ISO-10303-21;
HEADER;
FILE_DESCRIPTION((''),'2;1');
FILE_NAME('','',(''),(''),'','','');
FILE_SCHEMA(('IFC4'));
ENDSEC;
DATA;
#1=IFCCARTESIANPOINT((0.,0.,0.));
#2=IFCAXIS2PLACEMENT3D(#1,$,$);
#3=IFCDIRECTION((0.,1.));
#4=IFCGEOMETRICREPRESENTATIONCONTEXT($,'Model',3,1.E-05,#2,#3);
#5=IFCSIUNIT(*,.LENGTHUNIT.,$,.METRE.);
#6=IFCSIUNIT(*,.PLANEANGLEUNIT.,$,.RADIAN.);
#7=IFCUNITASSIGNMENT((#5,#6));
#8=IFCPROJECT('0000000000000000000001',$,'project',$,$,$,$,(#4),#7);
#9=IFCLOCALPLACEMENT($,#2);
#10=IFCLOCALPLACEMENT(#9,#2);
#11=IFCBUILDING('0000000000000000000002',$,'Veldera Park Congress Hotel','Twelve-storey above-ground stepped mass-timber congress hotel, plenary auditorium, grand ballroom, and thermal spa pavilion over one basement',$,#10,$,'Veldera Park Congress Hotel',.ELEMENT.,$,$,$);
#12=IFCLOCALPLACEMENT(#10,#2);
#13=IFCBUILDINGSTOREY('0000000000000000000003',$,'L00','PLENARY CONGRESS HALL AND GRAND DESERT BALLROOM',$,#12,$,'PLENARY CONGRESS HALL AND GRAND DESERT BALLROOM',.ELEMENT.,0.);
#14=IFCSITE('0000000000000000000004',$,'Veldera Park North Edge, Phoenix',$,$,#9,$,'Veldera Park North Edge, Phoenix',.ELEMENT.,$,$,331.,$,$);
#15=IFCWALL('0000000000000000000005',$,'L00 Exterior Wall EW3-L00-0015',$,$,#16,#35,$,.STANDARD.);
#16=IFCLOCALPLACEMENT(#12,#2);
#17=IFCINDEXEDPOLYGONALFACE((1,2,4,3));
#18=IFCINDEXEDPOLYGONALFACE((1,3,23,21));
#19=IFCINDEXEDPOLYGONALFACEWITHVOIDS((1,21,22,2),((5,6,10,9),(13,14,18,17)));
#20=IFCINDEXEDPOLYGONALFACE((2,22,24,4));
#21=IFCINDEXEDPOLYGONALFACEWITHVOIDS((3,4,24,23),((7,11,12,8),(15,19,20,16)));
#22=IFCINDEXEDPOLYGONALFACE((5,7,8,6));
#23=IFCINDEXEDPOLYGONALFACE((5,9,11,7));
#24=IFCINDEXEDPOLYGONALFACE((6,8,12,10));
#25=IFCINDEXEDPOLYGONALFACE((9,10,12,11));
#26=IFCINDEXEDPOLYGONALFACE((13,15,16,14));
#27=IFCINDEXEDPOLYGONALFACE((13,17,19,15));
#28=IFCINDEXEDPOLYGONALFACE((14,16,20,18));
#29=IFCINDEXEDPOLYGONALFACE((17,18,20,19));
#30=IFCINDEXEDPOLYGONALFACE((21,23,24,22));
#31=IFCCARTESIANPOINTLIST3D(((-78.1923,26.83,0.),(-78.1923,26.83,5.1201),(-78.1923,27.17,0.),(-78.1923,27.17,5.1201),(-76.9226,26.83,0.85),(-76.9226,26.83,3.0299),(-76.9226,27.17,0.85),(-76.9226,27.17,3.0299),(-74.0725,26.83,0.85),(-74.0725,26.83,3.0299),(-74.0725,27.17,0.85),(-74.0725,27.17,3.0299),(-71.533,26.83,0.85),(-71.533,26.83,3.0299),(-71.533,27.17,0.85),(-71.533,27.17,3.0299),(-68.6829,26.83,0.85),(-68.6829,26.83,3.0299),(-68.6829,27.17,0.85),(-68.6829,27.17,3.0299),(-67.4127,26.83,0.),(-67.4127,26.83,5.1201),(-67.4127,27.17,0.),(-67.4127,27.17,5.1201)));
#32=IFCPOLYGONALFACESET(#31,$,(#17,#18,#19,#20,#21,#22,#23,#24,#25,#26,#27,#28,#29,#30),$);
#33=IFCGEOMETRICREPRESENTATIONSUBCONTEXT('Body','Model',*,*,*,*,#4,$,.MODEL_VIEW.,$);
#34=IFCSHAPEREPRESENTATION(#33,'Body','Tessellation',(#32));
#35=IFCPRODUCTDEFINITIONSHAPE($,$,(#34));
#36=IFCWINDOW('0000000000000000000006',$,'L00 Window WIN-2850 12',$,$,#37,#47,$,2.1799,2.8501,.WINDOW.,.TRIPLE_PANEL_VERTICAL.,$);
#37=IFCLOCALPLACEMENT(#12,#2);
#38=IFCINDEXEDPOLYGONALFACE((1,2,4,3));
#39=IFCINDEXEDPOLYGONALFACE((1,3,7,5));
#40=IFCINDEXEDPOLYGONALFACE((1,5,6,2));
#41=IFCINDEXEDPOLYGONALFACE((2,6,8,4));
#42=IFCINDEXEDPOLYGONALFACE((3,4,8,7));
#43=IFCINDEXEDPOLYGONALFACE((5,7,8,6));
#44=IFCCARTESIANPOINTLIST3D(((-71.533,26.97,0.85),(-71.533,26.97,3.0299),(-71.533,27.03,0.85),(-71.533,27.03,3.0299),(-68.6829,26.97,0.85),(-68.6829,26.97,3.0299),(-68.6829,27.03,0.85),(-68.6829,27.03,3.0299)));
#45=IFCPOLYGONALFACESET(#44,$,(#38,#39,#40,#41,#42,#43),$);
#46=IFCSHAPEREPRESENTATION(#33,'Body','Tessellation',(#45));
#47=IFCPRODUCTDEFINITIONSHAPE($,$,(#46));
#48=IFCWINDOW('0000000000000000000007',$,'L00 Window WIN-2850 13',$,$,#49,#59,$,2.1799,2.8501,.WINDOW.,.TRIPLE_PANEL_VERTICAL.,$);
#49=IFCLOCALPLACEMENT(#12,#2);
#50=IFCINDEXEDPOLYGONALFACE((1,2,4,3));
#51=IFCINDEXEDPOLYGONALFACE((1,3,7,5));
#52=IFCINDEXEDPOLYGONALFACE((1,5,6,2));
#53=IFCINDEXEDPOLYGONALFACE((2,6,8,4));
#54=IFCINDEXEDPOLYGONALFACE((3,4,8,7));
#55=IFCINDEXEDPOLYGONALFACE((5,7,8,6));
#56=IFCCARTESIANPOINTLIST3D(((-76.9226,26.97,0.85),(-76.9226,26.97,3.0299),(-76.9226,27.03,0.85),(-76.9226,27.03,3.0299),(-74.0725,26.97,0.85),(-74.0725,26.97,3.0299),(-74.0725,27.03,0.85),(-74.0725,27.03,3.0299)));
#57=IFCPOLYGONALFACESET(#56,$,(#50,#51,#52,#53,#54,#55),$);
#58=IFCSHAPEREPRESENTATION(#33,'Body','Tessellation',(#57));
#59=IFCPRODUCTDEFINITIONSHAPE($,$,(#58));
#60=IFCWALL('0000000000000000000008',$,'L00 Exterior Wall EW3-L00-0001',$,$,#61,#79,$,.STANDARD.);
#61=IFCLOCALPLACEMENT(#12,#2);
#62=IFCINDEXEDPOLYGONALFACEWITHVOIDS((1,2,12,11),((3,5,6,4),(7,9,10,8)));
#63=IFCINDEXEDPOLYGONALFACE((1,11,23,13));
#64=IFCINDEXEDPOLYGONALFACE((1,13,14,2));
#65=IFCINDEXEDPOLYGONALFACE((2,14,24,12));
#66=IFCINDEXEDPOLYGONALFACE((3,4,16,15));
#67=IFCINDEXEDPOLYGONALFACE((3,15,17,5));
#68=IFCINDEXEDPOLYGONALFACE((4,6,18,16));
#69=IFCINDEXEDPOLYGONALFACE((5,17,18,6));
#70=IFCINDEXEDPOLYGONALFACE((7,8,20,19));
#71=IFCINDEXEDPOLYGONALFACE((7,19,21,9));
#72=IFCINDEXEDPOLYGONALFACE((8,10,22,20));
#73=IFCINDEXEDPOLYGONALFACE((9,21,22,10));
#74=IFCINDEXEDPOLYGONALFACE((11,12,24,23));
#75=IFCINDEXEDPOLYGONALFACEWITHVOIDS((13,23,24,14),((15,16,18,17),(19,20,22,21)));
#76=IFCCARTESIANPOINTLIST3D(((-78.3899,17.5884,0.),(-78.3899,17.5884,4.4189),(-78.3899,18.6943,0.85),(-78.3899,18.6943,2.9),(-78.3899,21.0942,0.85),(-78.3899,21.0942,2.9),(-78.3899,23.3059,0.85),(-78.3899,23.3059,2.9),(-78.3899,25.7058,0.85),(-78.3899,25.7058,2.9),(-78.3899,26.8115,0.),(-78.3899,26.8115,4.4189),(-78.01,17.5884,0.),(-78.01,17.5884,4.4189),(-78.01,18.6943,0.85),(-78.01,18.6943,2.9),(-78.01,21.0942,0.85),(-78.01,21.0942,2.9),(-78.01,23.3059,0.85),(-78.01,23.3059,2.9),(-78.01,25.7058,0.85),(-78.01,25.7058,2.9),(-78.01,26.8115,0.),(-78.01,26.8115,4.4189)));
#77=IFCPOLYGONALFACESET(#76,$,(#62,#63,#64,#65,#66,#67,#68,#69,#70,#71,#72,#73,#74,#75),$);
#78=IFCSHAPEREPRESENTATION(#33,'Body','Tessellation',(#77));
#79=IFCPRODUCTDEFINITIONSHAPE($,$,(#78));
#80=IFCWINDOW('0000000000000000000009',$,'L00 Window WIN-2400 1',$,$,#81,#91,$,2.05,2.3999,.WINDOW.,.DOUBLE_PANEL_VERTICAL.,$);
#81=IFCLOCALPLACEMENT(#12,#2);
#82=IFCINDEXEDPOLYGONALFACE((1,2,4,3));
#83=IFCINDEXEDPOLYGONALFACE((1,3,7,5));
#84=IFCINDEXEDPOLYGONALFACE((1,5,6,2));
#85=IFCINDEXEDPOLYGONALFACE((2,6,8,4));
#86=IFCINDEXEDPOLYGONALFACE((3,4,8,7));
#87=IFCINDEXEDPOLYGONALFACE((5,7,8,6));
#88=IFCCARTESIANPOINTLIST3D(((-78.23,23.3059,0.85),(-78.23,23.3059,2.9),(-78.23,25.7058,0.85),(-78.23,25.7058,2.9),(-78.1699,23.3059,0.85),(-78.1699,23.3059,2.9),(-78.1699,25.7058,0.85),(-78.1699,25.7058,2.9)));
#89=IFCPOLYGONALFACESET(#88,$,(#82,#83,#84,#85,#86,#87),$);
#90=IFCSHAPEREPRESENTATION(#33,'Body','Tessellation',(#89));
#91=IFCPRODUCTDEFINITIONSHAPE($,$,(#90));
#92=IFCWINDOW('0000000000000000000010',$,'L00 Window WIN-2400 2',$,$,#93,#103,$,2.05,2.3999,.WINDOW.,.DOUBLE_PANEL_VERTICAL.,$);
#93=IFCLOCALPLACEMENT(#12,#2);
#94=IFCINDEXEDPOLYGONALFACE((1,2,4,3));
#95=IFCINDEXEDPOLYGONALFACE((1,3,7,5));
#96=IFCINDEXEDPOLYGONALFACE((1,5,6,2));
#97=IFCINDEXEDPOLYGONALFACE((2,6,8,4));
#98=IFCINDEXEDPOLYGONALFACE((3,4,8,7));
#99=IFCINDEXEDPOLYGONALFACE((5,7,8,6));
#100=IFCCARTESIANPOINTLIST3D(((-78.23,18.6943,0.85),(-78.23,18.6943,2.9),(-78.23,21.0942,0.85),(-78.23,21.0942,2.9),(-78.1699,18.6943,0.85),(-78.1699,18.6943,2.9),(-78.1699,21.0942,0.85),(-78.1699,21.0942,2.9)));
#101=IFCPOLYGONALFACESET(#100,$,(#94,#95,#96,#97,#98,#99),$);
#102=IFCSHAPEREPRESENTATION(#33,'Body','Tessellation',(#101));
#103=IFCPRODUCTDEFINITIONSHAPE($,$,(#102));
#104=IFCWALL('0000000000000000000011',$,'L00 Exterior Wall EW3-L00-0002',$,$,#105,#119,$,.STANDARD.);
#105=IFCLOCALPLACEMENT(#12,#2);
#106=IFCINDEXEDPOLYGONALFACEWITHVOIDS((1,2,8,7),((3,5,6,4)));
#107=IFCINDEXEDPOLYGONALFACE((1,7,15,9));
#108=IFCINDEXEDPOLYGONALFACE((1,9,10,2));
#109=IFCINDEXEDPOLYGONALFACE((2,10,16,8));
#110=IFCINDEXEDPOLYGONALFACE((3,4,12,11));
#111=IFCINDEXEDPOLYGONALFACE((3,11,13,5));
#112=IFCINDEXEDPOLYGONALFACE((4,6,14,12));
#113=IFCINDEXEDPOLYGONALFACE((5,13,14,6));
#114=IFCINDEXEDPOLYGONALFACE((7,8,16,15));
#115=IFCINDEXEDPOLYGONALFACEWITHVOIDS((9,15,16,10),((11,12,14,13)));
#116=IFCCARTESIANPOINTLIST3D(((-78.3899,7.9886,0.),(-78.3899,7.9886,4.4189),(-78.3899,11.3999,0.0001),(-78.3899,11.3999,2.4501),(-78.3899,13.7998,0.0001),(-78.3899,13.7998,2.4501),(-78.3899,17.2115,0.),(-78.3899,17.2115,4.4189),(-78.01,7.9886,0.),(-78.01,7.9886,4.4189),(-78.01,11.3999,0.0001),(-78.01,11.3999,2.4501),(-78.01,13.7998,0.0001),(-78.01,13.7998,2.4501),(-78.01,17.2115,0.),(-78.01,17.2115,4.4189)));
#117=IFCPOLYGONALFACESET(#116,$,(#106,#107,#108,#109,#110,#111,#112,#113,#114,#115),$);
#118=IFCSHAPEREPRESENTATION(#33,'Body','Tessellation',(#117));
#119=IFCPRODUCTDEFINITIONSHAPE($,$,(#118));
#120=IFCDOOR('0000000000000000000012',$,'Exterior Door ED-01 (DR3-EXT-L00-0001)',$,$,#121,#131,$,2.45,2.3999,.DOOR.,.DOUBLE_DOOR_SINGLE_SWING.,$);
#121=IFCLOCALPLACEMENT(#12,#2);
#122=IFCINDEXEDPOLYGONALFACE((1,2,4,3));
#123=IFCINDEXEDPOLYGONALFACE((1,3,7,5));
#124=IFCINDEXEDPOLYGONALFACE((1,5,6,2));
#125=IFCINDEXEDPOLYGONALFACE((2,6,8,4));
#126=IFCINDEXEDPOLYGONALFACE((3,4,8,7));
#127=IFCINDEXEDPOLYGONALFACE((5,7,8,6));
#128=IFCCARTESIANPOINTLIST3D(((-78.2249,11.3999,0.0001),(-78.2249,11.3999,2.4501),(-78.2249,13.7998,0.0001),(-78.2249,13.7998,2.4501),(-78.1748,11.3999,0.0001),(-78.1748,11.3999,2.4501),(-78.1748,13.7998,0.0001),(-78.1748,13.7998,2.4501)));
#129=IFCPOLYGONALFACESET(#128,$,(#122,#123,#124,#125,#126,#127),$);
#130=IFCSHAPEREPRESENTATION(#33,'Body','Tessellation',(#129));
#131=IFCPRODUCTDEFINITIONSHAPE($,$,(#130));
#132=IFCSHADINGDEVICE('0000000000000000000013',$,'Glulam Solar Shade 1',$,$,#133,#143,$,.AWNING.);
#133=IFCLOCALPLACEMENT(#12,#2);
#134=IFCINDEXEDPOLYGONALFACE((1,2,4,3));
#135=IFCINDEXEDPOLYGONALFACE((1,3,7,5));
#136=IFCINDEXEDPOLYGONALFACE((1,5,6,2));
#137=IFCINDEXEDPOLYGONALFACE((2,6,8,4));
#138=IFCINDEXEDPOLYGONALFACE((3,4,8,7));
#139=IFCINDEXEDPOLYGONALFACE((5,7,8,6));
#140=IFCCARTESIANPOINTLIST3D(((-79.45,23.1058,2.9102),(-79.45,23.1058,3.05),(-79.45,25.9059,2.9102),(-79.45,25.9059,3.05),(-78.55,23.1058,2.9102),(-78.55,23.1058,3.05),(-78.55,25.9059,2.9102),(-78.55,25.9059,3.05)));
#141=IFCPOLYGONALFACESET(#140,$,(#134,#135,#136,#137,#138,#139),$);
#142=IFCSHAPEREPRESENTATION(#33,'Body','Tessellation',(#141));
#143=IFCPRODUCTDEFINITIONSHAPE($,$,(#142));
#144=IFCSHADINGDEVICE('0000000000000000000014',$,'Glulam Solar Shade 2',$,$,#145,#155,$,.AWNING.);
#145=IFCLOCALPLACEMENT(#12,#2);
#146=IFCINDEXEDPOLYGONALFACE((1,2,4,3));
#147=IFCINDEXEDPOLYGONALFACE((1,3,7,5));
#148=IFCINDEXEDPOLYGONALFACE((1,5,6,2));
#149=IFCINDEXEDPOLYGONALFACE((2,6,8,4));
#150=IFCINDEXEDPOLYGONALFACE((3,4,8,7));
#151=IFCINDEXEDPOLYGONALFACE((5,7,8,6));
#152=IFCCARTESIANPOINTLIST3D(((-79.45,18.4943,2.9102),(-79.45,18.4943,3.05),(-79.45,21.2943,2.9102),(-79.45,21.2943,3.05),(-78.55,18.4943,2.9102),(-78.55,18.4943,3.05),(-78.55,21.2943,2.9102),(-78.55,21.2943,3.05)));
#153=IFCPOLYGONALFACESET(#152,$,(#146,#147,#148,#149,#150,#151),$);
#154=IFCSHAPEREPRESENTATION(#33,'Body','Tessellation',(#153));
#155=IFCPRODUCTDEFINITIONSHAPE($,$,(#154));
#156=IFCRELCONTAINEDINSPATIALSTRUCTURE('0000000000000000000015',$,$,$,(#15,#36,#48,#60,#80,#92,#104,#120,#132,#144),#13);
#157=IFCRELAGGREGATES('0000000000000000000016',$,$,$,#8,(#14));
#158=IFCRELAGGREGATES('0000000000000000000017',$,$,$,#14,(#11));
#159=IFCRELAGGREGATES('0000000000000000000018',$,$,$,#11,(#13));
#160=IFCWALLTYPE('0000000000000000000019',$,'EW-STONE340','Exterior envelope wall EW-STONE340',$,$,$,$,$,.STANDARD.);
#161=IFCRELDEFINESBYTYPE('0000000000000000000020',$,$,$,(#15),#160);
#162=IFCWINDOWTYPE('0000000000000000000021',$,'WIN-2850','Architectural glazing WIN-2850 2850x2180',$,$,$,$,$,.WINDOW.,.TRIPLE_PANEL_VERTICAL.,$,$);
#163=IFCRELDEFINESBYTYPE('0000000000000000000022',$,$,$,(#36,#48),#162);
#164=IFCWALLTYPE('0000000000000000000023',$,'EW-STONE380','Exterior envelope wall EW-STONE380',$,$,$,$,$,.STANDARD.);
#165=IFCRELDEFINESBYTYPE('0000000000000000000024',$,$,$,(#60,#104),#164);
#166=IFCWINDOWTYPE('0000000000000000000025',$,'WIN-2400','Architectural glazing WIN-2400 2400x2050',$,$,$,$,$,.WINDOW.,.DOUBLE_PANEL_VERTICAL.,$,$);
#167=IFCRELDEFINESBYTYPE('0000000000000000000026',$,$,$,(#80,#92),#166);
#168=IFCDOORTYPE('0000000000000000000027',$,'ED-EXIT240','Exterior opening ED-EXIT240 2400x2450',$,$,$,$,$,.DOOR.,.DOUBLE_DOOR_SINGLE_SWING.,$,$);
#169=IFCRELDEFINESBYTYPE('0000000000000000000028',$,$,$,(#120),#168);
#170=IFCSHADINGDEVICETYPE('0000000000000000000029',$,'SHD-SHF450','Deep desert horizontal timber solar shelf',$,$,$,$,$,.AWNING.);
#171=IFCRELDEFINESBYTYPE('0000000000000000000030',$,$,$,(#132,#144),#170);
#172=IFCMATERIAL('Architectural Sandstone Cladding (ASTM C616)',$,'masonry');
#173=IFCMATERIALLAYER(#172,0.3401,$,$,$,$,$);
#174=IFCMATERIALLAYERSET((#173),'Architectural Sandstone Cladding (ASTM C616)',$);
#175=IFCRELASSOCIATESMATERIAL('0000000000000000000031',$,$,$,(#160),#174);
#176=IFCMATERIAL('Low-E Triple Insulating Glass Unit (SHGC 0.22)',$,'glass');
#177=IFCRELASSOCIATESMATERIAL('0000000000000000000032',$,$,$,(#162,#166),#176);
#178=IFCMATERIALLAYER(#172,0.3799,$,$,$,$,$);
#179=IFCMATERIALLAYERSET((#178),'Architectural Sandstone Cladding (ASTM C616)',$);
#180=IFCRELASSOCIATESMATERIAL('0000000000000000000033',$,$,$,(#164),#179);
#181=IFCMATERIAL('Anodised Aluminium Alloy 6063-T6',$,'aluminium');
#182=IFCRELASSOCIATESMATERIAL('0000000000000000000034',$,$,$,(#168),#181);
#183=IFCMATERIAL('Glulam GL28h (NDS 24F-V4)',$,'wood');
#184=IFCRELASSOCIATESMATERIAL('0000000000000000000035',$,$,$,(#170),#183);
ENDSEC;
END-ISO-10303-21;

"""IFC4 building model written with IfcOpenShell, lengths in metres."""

from ifc_helpers import new_model, si_unit, direction, frame, frame_2d, origin, origin_2d, place, context, subcontext, project, spatial, rectangle, extrude, material, layer, layer_set, type_object, element, fill, save


model = new_model("IFC4")

# Units and contexts
model_context = context("Model", 3, precision=1e-05, world=origin(), true_north=direction((0.0, 1.0)))
body_context = subcontext(model_context, "Body", "Model", "MODEL_VIEW")
ifc_project = project(units=[si_unit("LENGTHUNIT", "METRE"), si_unit("PLANEANGLEUNIT", "RADIAN")], contexts=[model_context])

# Site, building, storey
site_placement = place(None, origin())
site = spatial("IfcSite", under=ifc_project, at=site_placement, Name="Veldera Park North Edge, Phoenix", LongName="Veldera Park North Edge, Phoenix", CompositionType="ELEMENT", RefElevation=331.0)
building_placement = place(site_placement, origin())
building = spatial("IfcBuilding", under=site, at=building_placement, Name="Veldera Park Congress Hotel", Description="Twelve-storey above-ground stepped mass-timber congress hotel, plenary auditorium, grand ballroom, and thermal spa pavilion over one basement", LongName="Veldera Park Congress Hotel", CompositionType="ELEMENT")
storey_placement = place(building_placement, origin())
storey = spatial("IfcBuildingStorey", under=building, at=storey_placement, Name="L00", Description="PLENARY CONGRESS HALL AND GRAND DESERT BALLROOM", LongName="PLENARY CONGRESS HALL AND GRAND DESERT BALLROOM", CompositionType="ELEMENT", Elevation=0.0)

# Shared definitions
ifc_material_1 = material(Name="Glulam GL28h (NDS 24F-V4)", Category="wood")

# Walls, openings, windows
ifc_material_2 = material(Name="Architectural Sandstone Cladding (ASTM C616)", Category="masonry")
ifc_layer_1 = layer(ifc_material_2, 0.3401)
ifc_layer_set_1 = layer_set([ifc_layer_1], Name="Architectural Sandstone Cladding (ASTM C616)")
wall_type_1 = type_object("IfcWallType", Name="EW-STONE340", Description="Exterior envelope wall EW-STONE340", PredefinedType="STANDARD", material=ifc_layer_set_1)
wall_1_placement = place(storey_placement, frame((-67.4128, 27.0, 0.0), z_axis=(0.0, 0.0, 1.0), x_axis=(-1.0, 0.0, 0.0)))
wall_1 = element("IfcWall", 1, at=wall_1_placement, inside=storey, type_object=wall_type_1, Name="L00 Exterior Wall EW3-L00-0015", PredefinedType="STANDARD", context=body_context, shape_type="SweptSolid", body=[
    extrude(rectangle(XDim=10.7795, YDim=0.3401, at=frame_2d((5.3896, 0.0))), origin(), (0.0, 0.0, 1.0), 5.1201),
])
opening_1_placement = place(wall_1_placement, frame((1.27, 0.0, 0.8501)))
opening_1 = element("IfcOpeningElement", 2, at=opening_1_placement, cuts=wall_1, PredefinedType="OPENING", context=body_context, shape_type="SweptSolid", body=[
    extrude(rectangle(XDim=2.8501, YDim=2.1799, at=frame_2d((1.425, 1.0898))), frame((0.0, 0.1821, 0.0), z_axis=(0.0, -1.0, 0.0), x_axis=(1.0, 0.0, 0.0)), (0.0, 0.0, 1.0), 0.364),
])
opening_2_placement = place(wall_1_placement, frame((6.6597, 0.0, 0.8501)))
opening_2 = element("IfcOpeningElement", 3, at=opening_2_placement, cuts=wall_1, PredefinedType="OPENING", context=body_context, shape_type="SweptSolid", body=[
    extrude(rectangle(XDim=2.8501, YDim=2.1799, at=frame_2d((1.425, 1.0898))), frame((0.0, 0.1821, 0.0), z_axis=(0.0, -1.0, 0.0), x_axis=(1.0, 0.0, 0.0)), (0.0, 0.0, 1.0), 0.364),
])
ifc_material_3 = material(Name="Low-E Triple Insulating Glass Unit (SHGC 0.22)", Category="glass")
window_type_1 = type_object("IfcWindowType", Name="WIN-2850", Description="Architectural glazing WIN-2850 2850x2180", PartitioningType="TRIPLE_PANEL_VERTICAL", PredefinedType="WINDOW", material=ifc_material_3)
window_1_placement = place(opening_1_placement, origin())
window_1 = element("IfcWindow", 4, at=window_1_placement, inside=storey, type_object=window_type_1, Name="L00 Window WIN-2850 12", OverallHeight=2.1799, OverallWidth=2.8501, PartitioningType="TRIPLE_PANEL_VERTICAL", PredefinedType="WINDOW", context=body_context, shape_type="SweptSolid", body=[
    extrude(rectangle(XDim=2.8501, YDim=2.1799, at=frame_2d((1.425, 1.0898))), frame((0.0, 0.03, 0.0), z_axis=(0.0, -1.0, 0.0), x_axis=(1.0, 0.0, 0.0)), (0.0, 0.0, 1.0), 0.0601),
])
fill(opening_1, window_1)
window_2_placement = place(opening_2_placement, origin())
window_2 = element("IfcWindow", 5, at=window_2_placement, inside=storey, type_object=window_type_1, Name="L00 Window WIN-2850 13", OverallHeight=2.1799, OverallWidth=2.8501, PartitioningType="TRIPLE_PANEL_VERTICAL", PredefinedType="WINDOW", context=body_context, shape_type="SweptSolid", body=[
    extrude(rectangle(XDim=2.8501, YDim=2.1799, at=frame_2d((1.425, 1.0898))), frame((0.0, 0.03, 0.0), z_axis=(0.0, -1.0, 0.0), x_axis=(1.0, 0.0, 0.0)), (0.0, 0.0, 1.0), 0.0601),
])
fill(opening_2, window_2)
ifc_layer_2 = layer(ifc_material_2, 0.3799)
ifc_layer_set_2 = layer_set([ifc_layer_2], Name="Architectural Sandstone Cladding (ASTM C616)")
wall_type_2 = type_object("IfcWallType", Name="EW-STONE380", Description="Exterior envelope wall EW-STONE380", PredefinedType="STANDARD", material=ifc_layer_set_2)
wall_2_placement = place(storey_placement, frame((-78.2, 26.8115, 0.0), z_axis=(0.0, 0.0, 1.0), x_axis=(0.0, -1.0, 0.0)))
wall_2 = element("IfcWall", 6, at=wall_2_placement, inside=storey, type_object=wall_type_2, Name="L00 Exterior Wall EW3-L00-0001", PredefinedType="STANDARD", context=body_context, shape_type="SweptSolid", body=[
    extrude(rectangle(XDim=9.2231, YDim=0.3799, at=frame_2d((4.6116, 0.0))), origin(), (0.0, 0.0, 1.0), 4.4189),
])
opening_3_placement = place(wall_2_placement, frame((1.1057, 0.0, 0.8501)))
opening_3 = element("IfcOpeningElement", 7, at=opening_3_placement, cuts=wall_2, PredefinedType="OPENING", context=body_context, shape_type="SweptSolid", body=[
    extrude(rectangle(XDim=2.3999, YDim=2.05, at=frame_2d((1.2, 1.0249))), frame((0.0, 0.2019, 0.0), z_axis=(0.0, -1.0, 0.0), x_axis=(1.0, 0.0, 0.0)), (0.0, 0.0, 1.0), 0.4038),
])
opening_4_placement = place(wall_2_placement, frame((5.7173, 0.0, 0.8501)))
opening_4 = element("IfcOpeningElement", 8, at=opening_4_placement, cuts=wall_2, PredefinedType="OPENING", context=body_context, shape_type="SweptSolid", body=[
    extrude(rectangle(XDim=2.3999, YDim=2.05, at=frame_2d((1.2, 1.0249))), frame((0.0, 0.2019, 0.0), z_axis=(0.0, -1.0, 0.0), x_axis=(1.0, 0.0, 0.0)), (0.0, 0.0, 1.0), 0.4038),
])
window_type_2 = type_object("IfcWindowType", Name="WIN-2400", Description="Architectural glazing WIN-2400 2400x2050", PartitioningType="DOUBLE_PANEL_VERTICAL", PredefinedType="WINDOW", material=ifc_material_3)
window_3_placement = place(opening_3_placement, origin())
window_3 = element("IfcWindow", 9, at=window_3_placement, inside=storey, type_object=window_type_2, Name="L00 Window WIN-2400 1", OverallHeight=2.05, OverallWidth=2.3999, PartitioningType="DOUBLE_PANEL_VERTICAL", PredefinedType="WINDOW", context=body_context, shape_type="SweptSolid", body=[
    extrude(rectangle(XDim=2.3999, YDim=2.05, at=frame_2d((1.2, 1.0249))), frame((0.0, 0.03, 0.0), z_axis=(0.0, -1.0, 0.0), x_axis=(1.0, 0.0, 0.0)), (0.0, 0.0, 1.0), 0.0601),
])
fill(opening_3, window_3)
window_4_placement = place(opening_4_placement, origin())
window_4 = element("IfcWindow", 10, at=window_4_placement, inside=storey, type_object=window_type_2, Name="L00 Window WIN-2400 2", OverallHeight=2.05, OverallWidth=2.3999, PartitioningType="DOUBLE_PANEL_VERTICAL", PredefinedType="WINDOW", context=body_context, shape_type="SweptSolid", body=[
    extrude(rectangle(XDim=2.3999, YDim=2.05, at=frame_2d((1.2, 1.0249))), frame((0.0, 0.03, 0.0), z_axis=(0.0, -1.0, 0.0), x_axis=(1.0, 0.0, 0.0)), (0.0, 0.0, 1.0), 0.0601),
])
fill(opening_4, window_4)

# Wall, opening, door
wall_3_placement = place(storey_placement, frame((-78.2, 17.2114, 0.0), z_axis=(0.0, 0.0, 1.0), x_axis=(0.0, -1.0, 0.0)))
wall_3 = element("IfcWall", 11, at=wall_3_placement, inside=storey, type_object=wall_type_2, Name="L00 Exterior Wall EW3-L00-0002", PredefinedType="STANDARD", context=body_context, shape_type="SweptSolid", body=[
    extrude(rectangle(XDim=9.2229, YDim=0.3799, at=frame_2d((4.6113, 0.0))), origin(), (0.0, 0.0, 1.0), 4.4189),
])
opening_5_placement = place(wall_3_placement, frame((3.4116, 0.0, 0.0)))
opening_5 = element("IfcOpeningElement", 12, at=opening_5_placement, cuts=wall_3, PredefinedType="OPENING", context=body_context, shape_type="SweptSolid", body=[
    extrude(rectangle(XDim=2.3999, YDim=2.45, at=frame_2d((1.2, 1.2251))), frame((0.0, 0.2019, 0.0), z_axis=(0.0, -1.0, 0.0), x_axis=(1.0, 0.0, 0.0)), (0.0, 0.0, 1.0), 0.4038),
])
ifc_material_4 = material(Name="Anodised Aluminium Alloy 6063-T6", Category="aluminium")
door_type = type_object("IfcDoorType", Name="ED-EXIT240", Description="Exterior opening ED-EXIT240 2400x2450", OperationType="DOUBLE_DOOR_SINGLE_SWING", PredefinedType="DOOR", material=ifc_material_4)
door_placement = place(opening_5_placement, frame((2.3999, 0.0, 0.0), z_axis=(0.0, 0.0, 1.0), x_axis=(-1.0, 0.0, 0.0)))
door = element("IfcDoor", 13, at=door_placement, inside=storey, type_object=door_type, Name="Exterior Door ED-01 (DR3-EXT-L00-0001)", OperationType="DOUBLE_DOOR_SINGLE_SWING", OverallHeight=2.45, OverallWidth=2.3999, PredefinedType="DOOR", context=body_context, shape_type="SweptSolid", body=[
    extrude(rectangle(XDim=2.3999, YDim=2.45, at=frame_2d((1.2, 1.2251))), frame((0.0, 0.0249, 0.0), z_axis=(0.0, -1.0, 0.0), x_axis=(1.0, 0.0, 0.0)), (0.0, 0.0, 1.0), 0.05),
])
fill(opening_5, door)

# Shading devices
shading_device_type = type_object("IfcShadingDeviceType", Name="SHD-SHF450", Description="Deep desert horizontal timber solar shelf", PredefinedType="AWNING", material=ifc_material_1)
for number, where, z_axis, x_axis, name in (
    (14, (-79.0, 24.5059, 2.9102), (0.0, 0.0, 1.0), (0.0, -1.0, 0.0), "Glulam Solar Shade 1"),
    (15, (-79.0, 19.8943, 2.9102), (0.0, 0.0, 1.0), (0.0, -1.0, 0.0), "Glulam Solar Shade 2"),
):
    element("IfcShadingDevice", number, at=place(storey_placement, frame(where, z_axis=z_axis, x_axis=x_axis)), inside=storey, type_object=shading_device_type, Name=name, PredefinedType="AWNING", context=body_context, shape_type="SweptSolid", body=[
        extrude(rectangle(XDim=2.8, YDim=0.8999, at=origin_2d()), origin(), (0.0, 0.0, 1.0), 0.1399),
    ])

save(model, "model.ifc")
